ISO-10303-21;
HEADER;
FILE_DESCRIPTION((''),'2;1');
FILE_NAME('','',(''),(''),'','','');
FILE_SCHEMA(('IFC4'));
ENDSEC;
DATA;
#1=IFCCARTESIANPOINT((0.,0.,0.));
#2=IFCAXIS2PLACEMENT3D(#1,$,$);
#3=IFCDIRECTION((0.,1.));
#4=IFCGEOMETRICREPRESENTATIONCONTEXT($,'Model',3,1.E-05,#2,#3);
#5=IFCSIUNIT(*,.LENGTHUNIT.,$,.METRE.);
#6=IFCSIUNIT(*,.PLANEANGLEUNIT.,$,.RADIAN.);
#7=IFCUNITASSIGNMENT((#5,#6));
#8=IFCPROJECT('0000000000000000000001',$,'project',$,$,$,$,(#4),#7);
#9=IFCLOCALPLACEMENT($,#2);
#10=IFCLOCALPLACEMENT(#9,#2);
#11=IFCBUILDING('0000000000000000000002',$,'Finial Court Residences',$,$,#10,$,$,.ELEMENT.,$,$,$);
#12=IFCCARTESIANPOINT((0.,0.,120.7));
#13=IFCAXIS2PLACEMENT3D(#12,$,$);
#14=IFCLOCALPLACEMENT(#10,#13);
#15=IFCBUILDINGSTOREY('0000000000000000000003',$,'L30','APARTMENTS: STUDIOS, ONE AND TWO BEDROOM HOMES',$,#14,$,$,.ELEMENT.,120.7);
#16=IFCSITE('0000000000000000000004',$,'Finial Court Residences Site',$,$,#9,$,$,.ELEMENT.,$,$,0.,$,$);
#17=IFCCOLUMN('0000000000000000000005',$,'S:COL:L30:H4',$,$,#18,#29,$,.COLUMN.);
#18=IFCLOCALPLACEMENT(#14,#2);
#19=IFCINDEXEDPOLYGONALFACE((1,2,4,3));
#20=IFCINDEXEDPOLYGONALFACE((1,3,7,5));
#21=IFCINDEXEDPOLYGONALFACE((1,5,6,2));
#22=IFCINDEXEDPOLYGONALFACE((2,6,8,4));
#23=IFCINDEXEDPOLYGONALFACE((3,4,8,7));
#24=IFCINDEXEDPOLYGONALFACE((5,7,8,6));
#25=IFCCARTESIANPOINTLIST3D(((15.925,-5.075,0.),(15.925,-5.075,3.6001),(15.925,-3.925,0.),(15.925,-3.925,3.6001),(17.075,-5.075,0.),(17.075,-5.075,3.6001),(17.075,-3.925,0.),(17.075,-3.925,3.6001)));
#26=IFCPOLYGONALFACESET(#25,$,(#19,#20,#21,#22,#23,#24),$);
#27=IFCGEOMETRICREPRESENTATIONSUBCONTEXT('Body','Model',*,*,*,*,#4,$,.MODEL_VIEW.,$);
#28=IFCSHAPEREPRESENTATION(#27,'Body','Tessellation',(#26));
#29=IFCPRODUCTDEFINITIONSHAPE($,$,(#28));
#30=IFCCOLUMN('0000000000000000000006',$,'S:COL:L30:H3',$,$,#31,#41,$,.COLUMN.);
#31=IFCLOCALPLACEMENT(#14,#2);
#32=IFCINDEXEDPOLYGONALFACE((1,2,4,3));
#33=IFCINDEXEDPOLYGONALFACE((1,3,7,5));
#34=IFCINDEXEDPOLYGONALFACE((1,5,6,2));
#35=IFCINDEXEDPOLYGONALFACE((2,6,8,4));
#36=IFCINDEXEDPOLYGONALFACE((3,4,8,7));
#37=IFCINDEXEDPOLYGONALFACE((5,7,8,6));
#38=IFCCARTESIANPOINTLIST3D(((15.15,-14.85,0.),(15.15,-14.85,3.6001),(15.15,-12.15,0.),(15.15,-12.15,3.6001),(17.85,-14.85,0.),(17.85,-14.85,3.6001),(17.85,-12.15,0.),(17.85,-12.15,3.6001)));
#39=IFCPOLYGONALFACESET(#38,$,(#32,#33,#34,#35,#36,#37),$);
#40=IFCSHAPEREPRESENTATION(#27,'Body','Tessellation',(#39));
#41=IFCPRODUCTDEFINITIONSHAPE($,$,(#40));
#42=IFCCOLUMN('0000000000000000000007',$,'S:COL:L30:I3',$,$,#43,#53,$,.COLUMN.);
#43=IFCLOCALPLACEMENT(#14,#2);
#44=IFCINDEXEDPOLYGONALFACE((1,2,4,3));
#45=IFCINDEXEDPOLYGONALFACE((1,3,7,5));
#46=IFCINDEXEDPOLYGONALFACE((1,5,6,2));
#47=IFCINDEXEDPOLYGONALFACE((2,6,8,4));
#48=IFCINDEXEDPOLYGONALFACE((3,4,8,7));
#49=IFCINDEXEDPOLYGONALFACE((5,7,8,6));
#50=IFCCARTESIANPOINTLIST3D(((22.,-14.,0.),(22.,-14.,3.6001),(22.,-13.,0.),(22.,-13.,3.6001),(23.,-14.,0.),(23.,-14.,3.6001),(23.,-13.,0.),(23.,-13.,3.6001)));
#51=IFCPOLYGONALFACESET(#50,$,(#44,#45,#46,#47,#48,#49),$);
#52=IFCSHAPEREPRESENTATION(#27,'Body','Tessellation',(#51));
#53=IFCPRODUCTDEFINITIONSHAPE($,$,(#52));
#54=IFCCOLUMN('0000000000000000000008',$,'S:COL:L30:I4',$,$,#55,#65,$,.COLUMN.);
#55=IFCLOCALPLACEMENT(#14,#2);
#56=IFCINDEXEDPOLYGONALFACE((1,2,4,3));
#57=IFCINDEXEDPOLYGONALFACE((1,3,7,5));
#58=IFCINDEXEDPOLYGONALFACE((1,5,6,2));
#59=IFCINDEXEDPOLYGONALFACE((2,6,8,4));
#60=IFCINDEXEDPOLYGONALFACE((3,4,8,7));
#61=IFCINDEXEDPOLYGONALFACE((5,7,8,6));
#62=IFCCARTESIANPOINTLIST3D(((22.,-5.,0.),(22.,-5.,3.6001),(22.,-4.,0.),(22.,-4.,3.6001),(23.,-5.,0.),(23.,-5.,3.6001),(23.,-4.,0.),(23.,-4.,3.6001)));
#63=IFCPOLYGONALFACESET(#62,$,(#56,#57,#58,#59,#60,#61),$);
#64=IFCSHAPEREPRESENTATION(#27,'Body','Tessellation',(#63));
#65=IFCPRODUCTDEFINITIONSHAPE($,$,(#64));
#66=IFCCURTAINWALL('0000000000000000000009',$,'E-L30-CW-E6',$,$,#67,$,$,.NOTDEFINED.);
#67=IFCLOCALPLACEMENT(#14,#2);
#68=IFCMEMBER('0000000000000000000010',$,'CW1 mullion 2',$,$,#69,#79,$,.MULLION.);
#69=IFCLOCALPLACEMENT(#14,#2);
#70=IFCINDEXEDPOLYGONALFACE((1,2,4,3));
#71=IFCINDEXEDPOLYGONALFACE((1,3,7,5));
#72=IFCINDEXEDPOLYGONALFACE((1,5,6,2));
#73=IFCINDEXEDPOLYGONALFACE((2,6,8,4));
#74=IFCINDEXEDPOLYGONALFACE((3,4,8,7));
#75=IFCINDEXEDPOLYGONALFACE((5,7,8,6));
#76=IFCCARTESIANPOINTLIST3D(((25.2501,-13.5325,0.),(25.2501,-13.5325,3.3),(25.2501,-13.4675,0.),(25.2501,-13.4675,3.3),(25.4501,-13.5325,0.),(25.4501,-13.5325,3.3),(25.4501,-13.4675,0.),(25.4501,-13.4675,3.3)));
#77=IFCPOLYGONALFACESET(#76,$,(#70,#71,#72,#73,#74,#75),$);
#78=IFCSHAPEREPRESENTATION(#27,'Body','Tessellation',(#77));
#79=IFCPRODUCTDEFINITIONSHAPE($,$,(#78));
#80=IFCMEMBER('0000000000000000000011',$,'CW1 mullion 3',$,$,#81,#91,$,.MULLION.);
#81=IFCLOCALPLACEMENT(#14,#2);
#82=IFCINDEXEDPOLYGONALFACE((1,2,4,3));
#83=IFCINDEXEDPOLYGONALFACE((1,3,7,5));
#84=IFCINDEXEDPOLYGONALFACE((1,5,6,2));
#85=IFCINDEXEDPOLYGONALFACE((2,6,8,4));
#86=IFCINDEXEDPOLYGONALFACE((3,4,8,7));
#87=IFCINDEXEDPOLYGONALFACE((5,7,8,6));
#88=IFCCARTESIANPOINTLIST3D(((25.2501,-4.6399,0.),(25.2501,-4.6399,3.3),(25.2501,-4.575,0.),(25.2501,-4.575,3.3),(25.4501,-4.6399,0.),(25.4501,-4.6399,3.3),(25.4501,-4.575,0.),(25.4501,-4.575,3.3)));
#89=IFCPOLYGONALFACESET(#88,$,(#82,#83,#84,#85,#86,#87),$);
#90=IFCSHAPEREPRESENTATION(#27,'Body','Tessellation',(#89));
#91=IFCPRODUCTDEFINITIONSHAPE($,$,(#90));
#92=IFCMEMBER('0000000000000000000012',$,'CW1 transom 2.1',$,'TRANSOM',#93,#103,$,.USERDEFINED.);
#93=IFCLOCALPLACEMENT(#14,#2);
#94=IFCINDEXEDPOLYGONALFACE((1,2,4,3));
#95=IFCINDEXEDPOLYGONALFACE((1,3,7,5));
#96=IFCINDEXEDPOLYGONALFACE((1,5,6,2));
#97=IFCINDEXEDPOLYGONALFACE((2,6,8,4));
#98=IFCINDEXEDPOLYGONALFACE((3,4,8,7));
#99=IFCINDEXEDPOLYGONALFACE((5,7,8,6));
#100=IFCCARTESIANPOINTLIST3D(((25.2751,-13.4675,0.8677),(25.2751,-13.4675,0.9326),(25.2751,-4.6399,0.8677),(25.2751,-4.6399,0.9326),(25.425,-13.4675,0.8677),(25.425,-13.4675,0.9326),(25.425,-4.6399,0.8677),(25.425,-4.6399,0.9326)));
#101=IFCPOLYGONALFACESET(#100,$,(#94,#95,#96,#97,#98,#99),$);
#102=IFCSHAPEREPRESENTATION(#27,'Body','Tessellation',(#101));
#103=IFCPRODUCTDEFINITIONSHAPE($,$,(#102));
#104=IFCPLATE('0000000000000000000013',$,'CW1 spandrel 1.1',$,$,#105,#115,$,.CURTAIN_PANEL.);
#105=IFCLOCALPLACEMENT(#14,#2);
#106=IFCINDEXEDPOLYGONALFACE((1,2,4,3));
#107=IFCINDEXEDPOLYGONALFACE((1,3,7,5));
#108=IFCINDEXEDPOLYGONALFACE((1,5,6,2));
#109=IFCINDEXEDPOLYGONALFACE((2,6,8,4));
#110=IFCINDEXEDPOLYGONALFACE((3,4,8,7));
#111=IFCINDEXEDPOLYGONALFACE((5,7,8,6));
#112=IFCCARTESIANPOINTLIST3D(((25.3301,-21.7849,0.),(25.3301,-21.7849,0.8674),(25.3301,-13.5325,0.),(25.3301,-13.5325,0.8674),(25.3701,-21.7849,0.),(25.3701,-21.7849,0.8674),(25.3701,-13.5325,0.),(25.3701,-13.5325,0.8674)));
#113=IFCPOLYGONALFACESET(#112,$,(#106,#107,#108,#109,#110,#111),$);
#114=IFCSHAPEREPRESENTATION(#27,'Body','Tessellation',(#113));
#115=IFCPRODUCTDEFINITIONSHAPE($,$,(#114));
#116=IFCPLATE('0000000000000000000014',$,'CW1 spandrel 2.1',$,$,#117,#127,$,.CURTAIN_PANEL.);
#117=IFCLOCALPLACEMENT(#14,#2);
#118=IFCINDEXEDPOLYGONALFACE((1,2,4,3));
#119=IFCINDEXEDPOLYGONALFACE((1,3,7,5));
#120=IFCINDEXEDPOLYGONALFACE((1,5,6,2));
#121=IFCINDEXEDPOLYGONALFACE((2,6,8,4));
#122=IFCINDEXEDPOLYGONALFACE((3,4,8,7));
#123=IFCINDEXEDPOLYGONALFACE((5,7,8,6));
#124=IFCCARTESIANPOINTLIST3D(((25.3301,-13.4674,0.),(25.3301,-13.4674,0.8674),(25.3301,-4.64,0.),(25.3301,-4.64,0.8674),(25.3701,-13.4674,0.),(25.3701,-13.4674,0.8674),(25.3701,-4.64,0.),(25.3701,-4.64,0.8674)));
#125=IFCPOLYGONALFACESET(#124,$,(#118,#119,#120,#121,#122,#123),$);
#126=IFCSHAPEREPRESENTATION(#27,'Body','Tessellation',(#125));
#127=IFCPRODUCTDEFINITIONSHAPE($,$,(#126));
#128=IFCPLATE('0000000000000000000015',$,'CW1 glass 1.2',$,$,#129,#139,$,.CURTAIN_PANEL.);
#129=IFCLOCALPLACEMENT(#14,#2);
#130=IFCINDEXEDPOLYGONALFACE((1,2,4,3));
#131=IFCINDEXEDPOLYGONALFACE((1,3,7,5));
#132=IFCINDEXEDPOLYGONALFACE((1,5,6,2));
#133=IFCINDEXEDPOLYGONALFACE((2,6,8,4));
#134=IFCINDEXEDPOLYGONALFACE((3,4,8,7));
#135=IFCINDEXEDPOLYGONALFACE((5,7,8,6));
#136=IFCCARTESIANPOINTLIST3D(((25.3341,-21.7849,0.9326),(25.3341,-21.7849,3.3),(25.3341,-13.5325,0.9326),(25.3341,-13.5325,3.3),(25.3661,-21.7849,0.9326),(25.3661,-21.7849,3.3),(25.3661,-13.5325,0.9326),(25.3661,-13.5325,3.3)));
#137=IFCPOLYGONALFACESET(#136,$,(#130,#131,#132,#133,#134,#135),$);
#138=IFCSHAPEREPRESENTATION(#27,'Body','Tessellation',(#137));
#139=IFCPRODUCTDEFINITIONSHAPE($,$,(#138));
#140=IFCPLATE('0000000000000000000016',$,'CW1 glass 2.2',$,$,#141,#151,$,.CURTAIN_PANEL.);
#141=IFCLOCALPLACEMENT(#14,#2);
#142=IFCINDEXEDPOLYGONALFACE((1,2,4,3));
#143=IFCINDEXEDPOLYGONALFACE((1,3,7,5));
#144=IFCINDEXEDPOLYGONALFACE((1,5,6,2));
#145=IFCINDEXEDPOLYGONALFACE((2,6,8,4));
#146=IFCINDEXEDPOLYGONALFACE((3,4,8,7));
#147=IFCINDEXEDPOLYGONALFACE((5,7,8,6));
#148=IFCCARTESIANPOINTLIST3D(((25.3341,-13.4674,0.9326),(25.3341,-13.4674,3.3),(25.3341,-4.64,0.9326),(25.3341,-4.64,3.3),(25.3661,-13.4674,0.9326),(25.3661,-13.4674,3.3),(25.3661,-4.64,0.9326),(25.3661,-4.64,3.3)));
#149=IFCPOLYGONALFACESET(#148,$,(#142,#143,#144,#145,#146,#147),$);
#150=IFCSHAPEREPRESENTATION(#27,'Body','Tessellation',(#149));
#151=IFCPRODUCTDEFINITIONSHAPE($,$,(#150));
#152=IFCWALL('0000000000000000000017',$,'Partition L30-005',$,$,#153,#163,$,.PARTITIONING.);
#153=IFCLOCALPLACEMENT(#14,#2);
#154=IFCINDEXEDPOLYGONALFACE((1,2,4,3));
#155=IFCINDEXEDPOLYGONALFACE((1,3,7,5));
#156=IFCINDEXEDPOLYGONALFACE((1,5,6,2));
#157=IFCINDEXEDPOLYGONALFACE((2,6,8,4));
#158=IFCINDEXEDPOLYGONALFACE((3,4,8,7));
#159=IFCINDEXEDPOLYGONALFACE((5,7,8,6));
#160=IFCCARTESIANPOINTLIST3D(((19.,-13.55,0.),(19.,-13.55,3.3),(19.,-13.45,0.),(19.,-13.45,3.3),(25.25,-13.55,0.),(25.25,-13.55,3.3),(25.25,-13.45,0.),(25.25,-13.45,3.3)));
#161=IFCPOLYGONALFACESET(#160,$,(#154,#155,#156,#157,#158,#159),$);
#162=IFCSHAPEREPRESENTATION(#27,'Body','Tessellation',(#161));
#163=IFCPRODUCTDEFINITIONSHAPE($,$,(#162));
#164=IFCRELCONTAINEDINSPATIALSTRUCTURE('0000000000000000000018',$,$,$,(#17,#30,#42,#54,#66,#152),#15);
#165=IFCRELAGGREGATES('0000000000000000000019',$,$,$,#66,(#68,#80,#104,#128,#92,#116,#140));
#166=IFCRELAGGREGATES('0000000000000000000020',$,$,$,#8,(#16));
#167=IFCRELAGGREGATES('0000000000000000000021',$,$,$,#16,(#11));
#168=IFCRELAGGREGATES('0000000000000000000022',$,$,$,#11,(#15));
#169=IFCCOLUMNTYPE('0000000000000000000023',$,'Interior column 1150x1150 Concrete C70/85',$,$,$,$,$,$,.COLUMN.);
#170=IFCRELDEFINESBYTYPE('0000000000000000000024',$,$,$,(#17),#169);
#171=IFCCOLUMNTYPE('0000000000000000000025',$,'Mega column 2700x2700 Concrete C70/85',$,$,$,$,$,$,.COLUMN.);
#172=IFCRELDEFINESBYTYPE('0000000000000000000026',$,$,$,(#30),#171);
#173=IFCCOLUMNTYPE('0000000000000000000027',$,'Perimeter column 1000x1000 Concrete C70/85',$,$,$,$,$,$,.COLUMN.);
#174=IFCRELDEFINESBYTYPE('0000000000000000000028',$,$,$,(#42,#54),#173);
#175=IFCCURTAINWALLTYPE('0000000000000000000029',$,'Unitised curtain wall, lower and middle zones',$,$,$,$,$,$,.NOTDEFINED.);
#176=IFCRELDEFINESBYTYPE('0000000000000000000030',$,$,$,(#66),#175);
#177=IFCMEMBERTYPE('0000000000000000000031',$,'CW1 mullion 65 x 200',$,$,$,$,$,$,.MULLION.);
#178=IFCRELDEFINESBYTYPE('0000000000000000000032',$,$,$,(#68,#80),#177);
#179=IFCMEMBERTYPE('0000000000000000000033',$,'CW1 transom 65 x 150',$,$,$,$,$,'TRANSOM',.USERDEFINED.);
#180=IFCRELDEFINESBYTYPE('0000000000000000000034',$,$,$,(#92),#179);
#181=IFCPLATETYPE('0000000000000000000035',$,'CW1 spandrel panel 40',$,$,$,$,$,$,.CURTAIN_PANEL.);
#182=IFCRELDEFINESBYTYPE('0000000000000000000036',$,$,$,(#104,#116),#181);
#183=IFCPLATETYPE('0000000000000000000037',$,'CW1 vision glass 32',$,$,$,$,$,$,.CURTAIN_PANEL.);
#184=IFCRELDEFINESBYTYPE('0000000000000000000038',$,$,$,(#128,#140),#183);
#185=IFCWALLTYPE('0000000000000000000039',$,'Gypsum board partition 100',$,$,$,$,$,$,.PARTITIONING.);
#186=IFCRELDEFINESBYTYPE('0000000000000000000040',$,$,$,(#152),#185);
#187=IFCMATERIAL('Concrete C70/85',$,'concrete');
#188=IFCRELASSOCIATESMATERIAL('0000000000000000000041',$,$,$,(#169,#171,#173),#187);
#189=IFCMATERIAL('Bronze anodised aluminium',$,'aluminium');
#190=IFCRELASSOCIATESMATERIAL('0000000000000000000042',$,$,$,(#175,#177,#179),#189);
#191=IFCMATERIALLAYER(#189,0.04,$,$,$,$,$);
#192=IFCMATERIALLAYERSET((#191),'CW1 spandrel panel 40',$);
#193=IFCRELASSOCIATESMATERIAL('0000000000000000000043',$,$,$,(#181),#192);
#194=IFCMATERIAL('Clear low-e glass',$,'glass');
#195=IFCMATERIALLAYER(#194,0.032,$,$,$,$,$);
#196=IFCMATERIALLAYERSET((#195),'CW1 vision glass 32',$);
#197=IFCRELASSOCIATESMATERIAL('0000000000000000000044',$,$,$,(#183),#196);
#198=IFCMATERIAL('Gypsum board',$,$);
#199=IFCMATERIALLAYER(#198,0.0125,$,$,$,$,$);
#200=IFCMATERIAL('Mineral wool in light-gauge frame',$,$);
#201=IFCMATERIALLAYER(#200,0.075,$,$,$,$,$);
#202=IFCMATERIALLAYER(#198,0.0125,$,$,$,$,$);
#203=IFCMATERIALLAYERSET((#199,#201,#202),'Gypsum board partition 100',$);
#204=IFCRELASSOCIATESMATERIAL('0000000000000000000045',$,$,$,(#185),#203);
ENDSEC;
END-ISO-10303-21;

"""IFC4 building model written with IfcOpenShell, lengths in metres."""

from ifc_helpers import new_model, si_unit, direction, frame, frame_2d, origin, origin_2d, place, context, subcontext, project, spatial, rectangle, extrude, material, layer, layer_set, material_profile, profile_set, type_object, element, aggregate, save


model = new_model("IFC4")

# Units and contexts
model_context = context("Model", 3, precision=1e-05, world=origin(), true_north=direction((0.0, 1.0)))
body_context = subcontext(model_context, "Body", "Model", "MODEL_VIEW")
ifc_project = project(units=[si_unit("LENGTHUNIT", "METRE"), si_unit("PLANEANGLEUNIT", "RADIAN")], contexts=[model_context])

# Site, building, storey
site_placement = place(None, origin())
site = spatial("IfcSite", under=ifc_project, at=site_placement, Name="Finial Court Residences Site", CompositionType="ELEMENT", RefElevation=0.0)
building_placement = place(site_placement, origin())
building = spatial("IfcBuilding", under=site, at=building_placement, Name="Finial Court Residences", CompositionType="ELEMENT")
storey_placement = place(building_placement, frame((0.0, 0.0, 120.7)))
storey = spatial("IfcBuildingStorey", under=building, at=storey_placement, Name="L30", Description="APARTMENTS: STUDIOS, ONE AND TWO BEDROOM HOMES", CompositionType="ELEMENT", Elevation=120.7)

# Columns
ifc_material_1 = material(Name="Concrete C70/85", Category="concrete")
ifc_material_profile_1 = material_profile(ifc_material_1, rectangle(XDim=1.1499, YDim=1.1499, at=origin_2d()), Name="1150x1150")
ifc_profile_set_1 = profile_set([ifc_material_profile_1], Name="Concrete C70/85")
column_type_1 = type_object("IfcColumnType", Name="Interior column 1150x1150 Concrete C70/85", PredefinedType="COLUMN", material=ifc_profile_set_1)
column_1_placement = place(storey_placement, frame((16.5, -4.5, 0.0), z_axis=(0.0, 0.0, 1.0), x_axis=(1.0, 0.0, 0.0)))
element("IfcColumn", 1, at=column_1_placement, inside=storey, type_object=column_type_1, Name="S:COL:L30:H4", PredefinedType="COLUMN", context=body_context, shape_type="SweptSolid", body=[
    extrude(rectangle(XDim=1.1499, YDim=1.1499, at=origin_2d()), origin(), (0.0, 0.0, 1.0), 3.6001),
])
ifc_material_profile_2 = material_profile(ifc_material_1, rectangle(XDim=2.7, YDim=2.7, at=origin_2d()), Name="2700x2700")
ifc_profile_set_2 = profile_set([ifc_material_profile_2], Name="Concrete C70/85")
column_type_2 = type_object("IfcColumnType", Name="Mega column 2700x2700 Concrete C70/85", PredefinedType="COLUMN", material=ifc_profile_set_2)
column_2_placement = place(storey_placement, frame((16.5, -13.5, 0.0), z_axis=(0.0, 0.0, 1.0), x_axis=(1.0, 0.0, 0.0)))
element("IfcColumn", 2, at=column_2_placement, inside=storey, type_object=column_type_2, Name="S:COL:L30:H3", PredefinedType="COLUMN", context=body_context, shape_type="SweptSolid", body=[
    extrude(rectangle(XDim=2.7, YDim=2.7, at=origin_2d()), origin(), (0.0, 0.0, 1.0), 3.6001),
])
ifc_material_profile_3 = material_profile(ifc_material_1, rectangle(XDim=1.0, YDim=1.0, at=origin_2d()), Name="1000x1000")
ifc_profile_set_3 = profile_set([ifc_material_profile_3], Name="Concrete C70/85")
column_type_3 = type_object("IfcColumnType", Name="Perimeter column 1000x1000 Concrete C70/85", PredefinedType="COLUMN", material=ifc_profile_set_3)
for number, where, z_axis, x_axis, name in (
    (3, (22.5, -13.5, 0.0), (0.0, 0.0, 1.0), (1.0, 0.0, 0.0), "S:COL:L30:I3"),
    (4, (22.5, -4.5, 0.0), (0.0, 0.0, 1.0), (1.0, 0.0, 0.0), "S:COL:L30:I4"),
):
    element("IfcColumn", number, at=place(storey_placement, frame(where, z_axis=z_axis, x_axis=x_axis)), inside=storey, type_object=column_type_3, Name=name, PredefinedType="COLUMN", context=body_context, shape_type="SweptSolid", body=[
        extrude(rectangle(XDim=1.0, YDim=1.0, at=origin_2d()), origin(), (0.0, 0.0, 1.0), 3.6001),
    ])

# Curtain wall, members, plates
ifc_material_2 = material(Name="Bronze anodised aluminium", Category="aluminium")
curtain_wall_type = type_object("IfcCurtainWallType", Name="Unitised curtain wall, lower and middle zones", PredefinedType="NOTDEFINED", material=ifc_material_2)
curtain_wall_placement = place(storey_placement, origin())
curtain_wall = element("IfcCurtainWall", 5, at=curtain_wall_placement, inside=storey, type_object=curtain_wall_type, Name="E-L30-CW-E6", PredefinedType="NOTDEFINED")
ifc_material_profile_4 = material_profile(ifc_material_2, rectangle(XDim=0.2, YDim=0.0649, at=origin_2d()), Name="CW1 mullion 65 x 200")
ifc_profile_set_4 = profile_set([ifc_material_profile_4], Name="Bronze anodised aluminium")
member_type_1 = type_object("IfcMemberType", Name="CW1 mullion 65 x 200", PredefinedType="MULLION", material=ifc_profile_set_4)
member_1_placement = place(storey_placement, frame((25.3501, -13.5, 0.0), z_axis=(0.0, 0.0, 1.0), x_axis=(-1.0, 0.0, 0.0)))
member_1 = element("IfcMember", 6, at=member_1_placement, type_object=member_type_1, Name="CW1 mullion 2", PredefinedType="MULLION", context=body_context, shape_type="SweptSolid", body=[
    extrude(rectangle(XDim=0.2, YDim=0.0649, at=origin_2d()), origin(), (0.0, 0.0, 1.0), 3.3),
])
member_2_placement = place(storey_placement, frame((25.3501, -4.6074, 0.0), z_axis=(0.0, 0.0, 1.0), x_axis=(-1.0, 0.0, 0.0)))
member_2 = element("IfcMember", 7, at=member_2_placement, type_object=member_type_1, Name="CW1 mullion 3", PredefinedType="MULLION", context=body_context, shape_type="SweptSolid", body=[
    extrude(rectangle(XDim=0.2, YDim=0.0649, at=origin_2d()), origin(), (0.0, 0.0, 1.0), 3.3),
])
ifc_material_profile_5 = material_profile(ifc_material_2, rectangle(XDim=0.1499, YDim=0.0649, at=origin_2d()), Name="CW1 transom 65 x 150")
ifc_profile_set_5 = profile_set([ifc_material_profile_5], Name="Bronze anodised aluminium")
member_type_2 = type_object("IfcMemberType", Name="CW1 transom 65 x 150", ElementType="TRANSOM", PredefinedType="USERDEFINED", material=ifc_profile_set_5)
member_3_placement = place(storey_placement, frame((25.3501, -13.4675, 0.9001), z_axis=(0.0, 1.0, 0.0), x_axis=(-1.0, 0.0, 0.0)))
member_3 = element("IfcMember", 8, at=member_3_placement, type_object=member_type_2, Name="CW1 transom 2.1", ObjectType="TRANSOM", PredefinedType="USERDEFINED", context=body_context, shape_type="SweptSolid", body=[
    extrude(rectangle(XDim=0.1499, YDim=0.0649, at=origin_2d()), origin(), (0.0, 0.0, 1.0), 8.8276),
])
ifc_layer_1 = layer(ifc_material_2, 0.04)
ifc_layer_set_1 = layer_set([ifc_layer_1], Name="CW1 spandrel panel 40")
plate_type_1 = type_object("IfcPlateType", Name="CW1 spandrel panel 40", PredefinedType="CURTAIN_PANEL", material=ifc_layer_set_1)
plate_1_placement = place(storey_placement, frame((25.3501, -17.6587, 0.0), z_axis=(0.0, 0.0, 1.0), x_axis=(0.0, 1.0, 0.0)))
plate_1 = element("IfcPlate", 9, at=plate_1_placement, type_object=plate_type_1, Name="CW1 spandrel 1.1", PredefinedType="CURTAIN_PANEL", context=body_context, shape_type="SweptSolid", body=[
    extrude(rectangle(XDim=8.2524, YDim=0.04, at=origin_2d()), origin(), (0.0, 0.0, 1.0), 0.8674),
])
plate_2_placement = place(storey_placement, frame((25.3501, -9.0537, 0.0), z_axis=(0.0, 0.0, 1.0), x_axis=(0.0, 1.0, 0.0)))
plate_2 = element("IfcPlate", 10, at=plate_2_placement, type_object=plate_type_1, Name="CW1 spandrel 2.1", PredefinedType="CURTAIN_PANEL", context=body_context, shape_type="SweptSolid", body=[
    extrude(rectangle(XDim=8.8274, YDim=0.04, at=origin_2d()), origin(), (0.0, 0.0, 1.0), 0.8674),
])
ifc_material_3 = material(Name="Clear low-e glass", Category="glass")
ifc_layer_2 = layer(ifc_material_3, 0.032)
ifc_layer_set_2 = layer_set([ifc_layer_2], Name="CW1 vision glass 32")
plate_type_2 = type_object("IfcPlateType", Name="CW1 vision glass 32", PredefinedType="CURTAIN_PANEL", material=ifc_layer_set_2)
plate_3_placement = place(storey_placement, frame((25.3501, -17.6587, 0.9326), z_axis=(0.0, 0.0, 1.0), x_axis=(0.0, 1.0, 0.0)))
plate_3 = element("IfcPlate", 11, at=plate_3_placement, type_object=plate_type_2, Name="CW1 glass 1.2", PredefinedType="CURTAIN_PANEL", context=body_context, shape_type="SweptSolid", body=[
    extrude(rectangle(XDim=8.2524, YDim=0.032, at=origin_2d()), origin(), (0.0, 0.0, 1.0), 2.3674),
])
plate_4_placement = place(storey_placement, frame((25.3501, -9.0537, 0.9326), z_axis=(0.0, 0.0, 1.0), x_axis=(0.0, 1.0, 0.0)))
plate_4 = element("IfcPlate", 12, at=plate_4_placement, type_object=plate_type_2, Name="CW1 glass 2.2", PredefinedType="CURTAIN_PANEL", context=body_context, shape_type="SweptSolid", body=[
    extrude(rectangle(XDim=8.8274, YDim=0.032, at=origin_2d()), origin(), (0.0, 0.0, 1.0), 2.3674),
])
aggregate(curtain_wall, [member_1, member_2, plate_1, plate_3, member_3, plate_2, plate_4])

# Wall
ifc_material_4 = material(Name="Gypsum board")
ifc_layer_3 = layer(ifc_material_4, 0.0125)
ifc_material_5 = material(Name="Mineral wool in light-gauge frame")
ifc_layer_4 = layer(ifc_material_5, 0.075)
ifc_layer_5 = layer(ifc_material_4, 0.0125)
ifc_layer_set_3 = layer_set([ifc_layer_3, ifc_layer_4, ifc_layer_5], Name="Gypsum board partition 100")
wall_type_1 = type_object("IfcWallType", Name="Gypsum board partition 100", PredefinedType="PARTITIONING", material=ifc_layer_set_3)
wall_1_placement = place(storey_placement, frame((19.0, -13.5, 0.0), z_axis=(0.0, 0.0, 1.0), x_axis=(1.0, 0.0, 0.0)))
element("IfcWall", 13, at=wall_1_placement, inside=storey, type_object=wall_type_1, Name="Partition L30-005", PredefinedType="PARTITIONING", context=body_context, shape_type="SweptSolid", body=[
    extrude(rectangle(XDim=6.25, YDim=0.1001, at=frame_2d((3.125, 0.0))), origin(), (0.0, 0.0, 1.0), 3.3),
])

save(model, "model.ifc")
